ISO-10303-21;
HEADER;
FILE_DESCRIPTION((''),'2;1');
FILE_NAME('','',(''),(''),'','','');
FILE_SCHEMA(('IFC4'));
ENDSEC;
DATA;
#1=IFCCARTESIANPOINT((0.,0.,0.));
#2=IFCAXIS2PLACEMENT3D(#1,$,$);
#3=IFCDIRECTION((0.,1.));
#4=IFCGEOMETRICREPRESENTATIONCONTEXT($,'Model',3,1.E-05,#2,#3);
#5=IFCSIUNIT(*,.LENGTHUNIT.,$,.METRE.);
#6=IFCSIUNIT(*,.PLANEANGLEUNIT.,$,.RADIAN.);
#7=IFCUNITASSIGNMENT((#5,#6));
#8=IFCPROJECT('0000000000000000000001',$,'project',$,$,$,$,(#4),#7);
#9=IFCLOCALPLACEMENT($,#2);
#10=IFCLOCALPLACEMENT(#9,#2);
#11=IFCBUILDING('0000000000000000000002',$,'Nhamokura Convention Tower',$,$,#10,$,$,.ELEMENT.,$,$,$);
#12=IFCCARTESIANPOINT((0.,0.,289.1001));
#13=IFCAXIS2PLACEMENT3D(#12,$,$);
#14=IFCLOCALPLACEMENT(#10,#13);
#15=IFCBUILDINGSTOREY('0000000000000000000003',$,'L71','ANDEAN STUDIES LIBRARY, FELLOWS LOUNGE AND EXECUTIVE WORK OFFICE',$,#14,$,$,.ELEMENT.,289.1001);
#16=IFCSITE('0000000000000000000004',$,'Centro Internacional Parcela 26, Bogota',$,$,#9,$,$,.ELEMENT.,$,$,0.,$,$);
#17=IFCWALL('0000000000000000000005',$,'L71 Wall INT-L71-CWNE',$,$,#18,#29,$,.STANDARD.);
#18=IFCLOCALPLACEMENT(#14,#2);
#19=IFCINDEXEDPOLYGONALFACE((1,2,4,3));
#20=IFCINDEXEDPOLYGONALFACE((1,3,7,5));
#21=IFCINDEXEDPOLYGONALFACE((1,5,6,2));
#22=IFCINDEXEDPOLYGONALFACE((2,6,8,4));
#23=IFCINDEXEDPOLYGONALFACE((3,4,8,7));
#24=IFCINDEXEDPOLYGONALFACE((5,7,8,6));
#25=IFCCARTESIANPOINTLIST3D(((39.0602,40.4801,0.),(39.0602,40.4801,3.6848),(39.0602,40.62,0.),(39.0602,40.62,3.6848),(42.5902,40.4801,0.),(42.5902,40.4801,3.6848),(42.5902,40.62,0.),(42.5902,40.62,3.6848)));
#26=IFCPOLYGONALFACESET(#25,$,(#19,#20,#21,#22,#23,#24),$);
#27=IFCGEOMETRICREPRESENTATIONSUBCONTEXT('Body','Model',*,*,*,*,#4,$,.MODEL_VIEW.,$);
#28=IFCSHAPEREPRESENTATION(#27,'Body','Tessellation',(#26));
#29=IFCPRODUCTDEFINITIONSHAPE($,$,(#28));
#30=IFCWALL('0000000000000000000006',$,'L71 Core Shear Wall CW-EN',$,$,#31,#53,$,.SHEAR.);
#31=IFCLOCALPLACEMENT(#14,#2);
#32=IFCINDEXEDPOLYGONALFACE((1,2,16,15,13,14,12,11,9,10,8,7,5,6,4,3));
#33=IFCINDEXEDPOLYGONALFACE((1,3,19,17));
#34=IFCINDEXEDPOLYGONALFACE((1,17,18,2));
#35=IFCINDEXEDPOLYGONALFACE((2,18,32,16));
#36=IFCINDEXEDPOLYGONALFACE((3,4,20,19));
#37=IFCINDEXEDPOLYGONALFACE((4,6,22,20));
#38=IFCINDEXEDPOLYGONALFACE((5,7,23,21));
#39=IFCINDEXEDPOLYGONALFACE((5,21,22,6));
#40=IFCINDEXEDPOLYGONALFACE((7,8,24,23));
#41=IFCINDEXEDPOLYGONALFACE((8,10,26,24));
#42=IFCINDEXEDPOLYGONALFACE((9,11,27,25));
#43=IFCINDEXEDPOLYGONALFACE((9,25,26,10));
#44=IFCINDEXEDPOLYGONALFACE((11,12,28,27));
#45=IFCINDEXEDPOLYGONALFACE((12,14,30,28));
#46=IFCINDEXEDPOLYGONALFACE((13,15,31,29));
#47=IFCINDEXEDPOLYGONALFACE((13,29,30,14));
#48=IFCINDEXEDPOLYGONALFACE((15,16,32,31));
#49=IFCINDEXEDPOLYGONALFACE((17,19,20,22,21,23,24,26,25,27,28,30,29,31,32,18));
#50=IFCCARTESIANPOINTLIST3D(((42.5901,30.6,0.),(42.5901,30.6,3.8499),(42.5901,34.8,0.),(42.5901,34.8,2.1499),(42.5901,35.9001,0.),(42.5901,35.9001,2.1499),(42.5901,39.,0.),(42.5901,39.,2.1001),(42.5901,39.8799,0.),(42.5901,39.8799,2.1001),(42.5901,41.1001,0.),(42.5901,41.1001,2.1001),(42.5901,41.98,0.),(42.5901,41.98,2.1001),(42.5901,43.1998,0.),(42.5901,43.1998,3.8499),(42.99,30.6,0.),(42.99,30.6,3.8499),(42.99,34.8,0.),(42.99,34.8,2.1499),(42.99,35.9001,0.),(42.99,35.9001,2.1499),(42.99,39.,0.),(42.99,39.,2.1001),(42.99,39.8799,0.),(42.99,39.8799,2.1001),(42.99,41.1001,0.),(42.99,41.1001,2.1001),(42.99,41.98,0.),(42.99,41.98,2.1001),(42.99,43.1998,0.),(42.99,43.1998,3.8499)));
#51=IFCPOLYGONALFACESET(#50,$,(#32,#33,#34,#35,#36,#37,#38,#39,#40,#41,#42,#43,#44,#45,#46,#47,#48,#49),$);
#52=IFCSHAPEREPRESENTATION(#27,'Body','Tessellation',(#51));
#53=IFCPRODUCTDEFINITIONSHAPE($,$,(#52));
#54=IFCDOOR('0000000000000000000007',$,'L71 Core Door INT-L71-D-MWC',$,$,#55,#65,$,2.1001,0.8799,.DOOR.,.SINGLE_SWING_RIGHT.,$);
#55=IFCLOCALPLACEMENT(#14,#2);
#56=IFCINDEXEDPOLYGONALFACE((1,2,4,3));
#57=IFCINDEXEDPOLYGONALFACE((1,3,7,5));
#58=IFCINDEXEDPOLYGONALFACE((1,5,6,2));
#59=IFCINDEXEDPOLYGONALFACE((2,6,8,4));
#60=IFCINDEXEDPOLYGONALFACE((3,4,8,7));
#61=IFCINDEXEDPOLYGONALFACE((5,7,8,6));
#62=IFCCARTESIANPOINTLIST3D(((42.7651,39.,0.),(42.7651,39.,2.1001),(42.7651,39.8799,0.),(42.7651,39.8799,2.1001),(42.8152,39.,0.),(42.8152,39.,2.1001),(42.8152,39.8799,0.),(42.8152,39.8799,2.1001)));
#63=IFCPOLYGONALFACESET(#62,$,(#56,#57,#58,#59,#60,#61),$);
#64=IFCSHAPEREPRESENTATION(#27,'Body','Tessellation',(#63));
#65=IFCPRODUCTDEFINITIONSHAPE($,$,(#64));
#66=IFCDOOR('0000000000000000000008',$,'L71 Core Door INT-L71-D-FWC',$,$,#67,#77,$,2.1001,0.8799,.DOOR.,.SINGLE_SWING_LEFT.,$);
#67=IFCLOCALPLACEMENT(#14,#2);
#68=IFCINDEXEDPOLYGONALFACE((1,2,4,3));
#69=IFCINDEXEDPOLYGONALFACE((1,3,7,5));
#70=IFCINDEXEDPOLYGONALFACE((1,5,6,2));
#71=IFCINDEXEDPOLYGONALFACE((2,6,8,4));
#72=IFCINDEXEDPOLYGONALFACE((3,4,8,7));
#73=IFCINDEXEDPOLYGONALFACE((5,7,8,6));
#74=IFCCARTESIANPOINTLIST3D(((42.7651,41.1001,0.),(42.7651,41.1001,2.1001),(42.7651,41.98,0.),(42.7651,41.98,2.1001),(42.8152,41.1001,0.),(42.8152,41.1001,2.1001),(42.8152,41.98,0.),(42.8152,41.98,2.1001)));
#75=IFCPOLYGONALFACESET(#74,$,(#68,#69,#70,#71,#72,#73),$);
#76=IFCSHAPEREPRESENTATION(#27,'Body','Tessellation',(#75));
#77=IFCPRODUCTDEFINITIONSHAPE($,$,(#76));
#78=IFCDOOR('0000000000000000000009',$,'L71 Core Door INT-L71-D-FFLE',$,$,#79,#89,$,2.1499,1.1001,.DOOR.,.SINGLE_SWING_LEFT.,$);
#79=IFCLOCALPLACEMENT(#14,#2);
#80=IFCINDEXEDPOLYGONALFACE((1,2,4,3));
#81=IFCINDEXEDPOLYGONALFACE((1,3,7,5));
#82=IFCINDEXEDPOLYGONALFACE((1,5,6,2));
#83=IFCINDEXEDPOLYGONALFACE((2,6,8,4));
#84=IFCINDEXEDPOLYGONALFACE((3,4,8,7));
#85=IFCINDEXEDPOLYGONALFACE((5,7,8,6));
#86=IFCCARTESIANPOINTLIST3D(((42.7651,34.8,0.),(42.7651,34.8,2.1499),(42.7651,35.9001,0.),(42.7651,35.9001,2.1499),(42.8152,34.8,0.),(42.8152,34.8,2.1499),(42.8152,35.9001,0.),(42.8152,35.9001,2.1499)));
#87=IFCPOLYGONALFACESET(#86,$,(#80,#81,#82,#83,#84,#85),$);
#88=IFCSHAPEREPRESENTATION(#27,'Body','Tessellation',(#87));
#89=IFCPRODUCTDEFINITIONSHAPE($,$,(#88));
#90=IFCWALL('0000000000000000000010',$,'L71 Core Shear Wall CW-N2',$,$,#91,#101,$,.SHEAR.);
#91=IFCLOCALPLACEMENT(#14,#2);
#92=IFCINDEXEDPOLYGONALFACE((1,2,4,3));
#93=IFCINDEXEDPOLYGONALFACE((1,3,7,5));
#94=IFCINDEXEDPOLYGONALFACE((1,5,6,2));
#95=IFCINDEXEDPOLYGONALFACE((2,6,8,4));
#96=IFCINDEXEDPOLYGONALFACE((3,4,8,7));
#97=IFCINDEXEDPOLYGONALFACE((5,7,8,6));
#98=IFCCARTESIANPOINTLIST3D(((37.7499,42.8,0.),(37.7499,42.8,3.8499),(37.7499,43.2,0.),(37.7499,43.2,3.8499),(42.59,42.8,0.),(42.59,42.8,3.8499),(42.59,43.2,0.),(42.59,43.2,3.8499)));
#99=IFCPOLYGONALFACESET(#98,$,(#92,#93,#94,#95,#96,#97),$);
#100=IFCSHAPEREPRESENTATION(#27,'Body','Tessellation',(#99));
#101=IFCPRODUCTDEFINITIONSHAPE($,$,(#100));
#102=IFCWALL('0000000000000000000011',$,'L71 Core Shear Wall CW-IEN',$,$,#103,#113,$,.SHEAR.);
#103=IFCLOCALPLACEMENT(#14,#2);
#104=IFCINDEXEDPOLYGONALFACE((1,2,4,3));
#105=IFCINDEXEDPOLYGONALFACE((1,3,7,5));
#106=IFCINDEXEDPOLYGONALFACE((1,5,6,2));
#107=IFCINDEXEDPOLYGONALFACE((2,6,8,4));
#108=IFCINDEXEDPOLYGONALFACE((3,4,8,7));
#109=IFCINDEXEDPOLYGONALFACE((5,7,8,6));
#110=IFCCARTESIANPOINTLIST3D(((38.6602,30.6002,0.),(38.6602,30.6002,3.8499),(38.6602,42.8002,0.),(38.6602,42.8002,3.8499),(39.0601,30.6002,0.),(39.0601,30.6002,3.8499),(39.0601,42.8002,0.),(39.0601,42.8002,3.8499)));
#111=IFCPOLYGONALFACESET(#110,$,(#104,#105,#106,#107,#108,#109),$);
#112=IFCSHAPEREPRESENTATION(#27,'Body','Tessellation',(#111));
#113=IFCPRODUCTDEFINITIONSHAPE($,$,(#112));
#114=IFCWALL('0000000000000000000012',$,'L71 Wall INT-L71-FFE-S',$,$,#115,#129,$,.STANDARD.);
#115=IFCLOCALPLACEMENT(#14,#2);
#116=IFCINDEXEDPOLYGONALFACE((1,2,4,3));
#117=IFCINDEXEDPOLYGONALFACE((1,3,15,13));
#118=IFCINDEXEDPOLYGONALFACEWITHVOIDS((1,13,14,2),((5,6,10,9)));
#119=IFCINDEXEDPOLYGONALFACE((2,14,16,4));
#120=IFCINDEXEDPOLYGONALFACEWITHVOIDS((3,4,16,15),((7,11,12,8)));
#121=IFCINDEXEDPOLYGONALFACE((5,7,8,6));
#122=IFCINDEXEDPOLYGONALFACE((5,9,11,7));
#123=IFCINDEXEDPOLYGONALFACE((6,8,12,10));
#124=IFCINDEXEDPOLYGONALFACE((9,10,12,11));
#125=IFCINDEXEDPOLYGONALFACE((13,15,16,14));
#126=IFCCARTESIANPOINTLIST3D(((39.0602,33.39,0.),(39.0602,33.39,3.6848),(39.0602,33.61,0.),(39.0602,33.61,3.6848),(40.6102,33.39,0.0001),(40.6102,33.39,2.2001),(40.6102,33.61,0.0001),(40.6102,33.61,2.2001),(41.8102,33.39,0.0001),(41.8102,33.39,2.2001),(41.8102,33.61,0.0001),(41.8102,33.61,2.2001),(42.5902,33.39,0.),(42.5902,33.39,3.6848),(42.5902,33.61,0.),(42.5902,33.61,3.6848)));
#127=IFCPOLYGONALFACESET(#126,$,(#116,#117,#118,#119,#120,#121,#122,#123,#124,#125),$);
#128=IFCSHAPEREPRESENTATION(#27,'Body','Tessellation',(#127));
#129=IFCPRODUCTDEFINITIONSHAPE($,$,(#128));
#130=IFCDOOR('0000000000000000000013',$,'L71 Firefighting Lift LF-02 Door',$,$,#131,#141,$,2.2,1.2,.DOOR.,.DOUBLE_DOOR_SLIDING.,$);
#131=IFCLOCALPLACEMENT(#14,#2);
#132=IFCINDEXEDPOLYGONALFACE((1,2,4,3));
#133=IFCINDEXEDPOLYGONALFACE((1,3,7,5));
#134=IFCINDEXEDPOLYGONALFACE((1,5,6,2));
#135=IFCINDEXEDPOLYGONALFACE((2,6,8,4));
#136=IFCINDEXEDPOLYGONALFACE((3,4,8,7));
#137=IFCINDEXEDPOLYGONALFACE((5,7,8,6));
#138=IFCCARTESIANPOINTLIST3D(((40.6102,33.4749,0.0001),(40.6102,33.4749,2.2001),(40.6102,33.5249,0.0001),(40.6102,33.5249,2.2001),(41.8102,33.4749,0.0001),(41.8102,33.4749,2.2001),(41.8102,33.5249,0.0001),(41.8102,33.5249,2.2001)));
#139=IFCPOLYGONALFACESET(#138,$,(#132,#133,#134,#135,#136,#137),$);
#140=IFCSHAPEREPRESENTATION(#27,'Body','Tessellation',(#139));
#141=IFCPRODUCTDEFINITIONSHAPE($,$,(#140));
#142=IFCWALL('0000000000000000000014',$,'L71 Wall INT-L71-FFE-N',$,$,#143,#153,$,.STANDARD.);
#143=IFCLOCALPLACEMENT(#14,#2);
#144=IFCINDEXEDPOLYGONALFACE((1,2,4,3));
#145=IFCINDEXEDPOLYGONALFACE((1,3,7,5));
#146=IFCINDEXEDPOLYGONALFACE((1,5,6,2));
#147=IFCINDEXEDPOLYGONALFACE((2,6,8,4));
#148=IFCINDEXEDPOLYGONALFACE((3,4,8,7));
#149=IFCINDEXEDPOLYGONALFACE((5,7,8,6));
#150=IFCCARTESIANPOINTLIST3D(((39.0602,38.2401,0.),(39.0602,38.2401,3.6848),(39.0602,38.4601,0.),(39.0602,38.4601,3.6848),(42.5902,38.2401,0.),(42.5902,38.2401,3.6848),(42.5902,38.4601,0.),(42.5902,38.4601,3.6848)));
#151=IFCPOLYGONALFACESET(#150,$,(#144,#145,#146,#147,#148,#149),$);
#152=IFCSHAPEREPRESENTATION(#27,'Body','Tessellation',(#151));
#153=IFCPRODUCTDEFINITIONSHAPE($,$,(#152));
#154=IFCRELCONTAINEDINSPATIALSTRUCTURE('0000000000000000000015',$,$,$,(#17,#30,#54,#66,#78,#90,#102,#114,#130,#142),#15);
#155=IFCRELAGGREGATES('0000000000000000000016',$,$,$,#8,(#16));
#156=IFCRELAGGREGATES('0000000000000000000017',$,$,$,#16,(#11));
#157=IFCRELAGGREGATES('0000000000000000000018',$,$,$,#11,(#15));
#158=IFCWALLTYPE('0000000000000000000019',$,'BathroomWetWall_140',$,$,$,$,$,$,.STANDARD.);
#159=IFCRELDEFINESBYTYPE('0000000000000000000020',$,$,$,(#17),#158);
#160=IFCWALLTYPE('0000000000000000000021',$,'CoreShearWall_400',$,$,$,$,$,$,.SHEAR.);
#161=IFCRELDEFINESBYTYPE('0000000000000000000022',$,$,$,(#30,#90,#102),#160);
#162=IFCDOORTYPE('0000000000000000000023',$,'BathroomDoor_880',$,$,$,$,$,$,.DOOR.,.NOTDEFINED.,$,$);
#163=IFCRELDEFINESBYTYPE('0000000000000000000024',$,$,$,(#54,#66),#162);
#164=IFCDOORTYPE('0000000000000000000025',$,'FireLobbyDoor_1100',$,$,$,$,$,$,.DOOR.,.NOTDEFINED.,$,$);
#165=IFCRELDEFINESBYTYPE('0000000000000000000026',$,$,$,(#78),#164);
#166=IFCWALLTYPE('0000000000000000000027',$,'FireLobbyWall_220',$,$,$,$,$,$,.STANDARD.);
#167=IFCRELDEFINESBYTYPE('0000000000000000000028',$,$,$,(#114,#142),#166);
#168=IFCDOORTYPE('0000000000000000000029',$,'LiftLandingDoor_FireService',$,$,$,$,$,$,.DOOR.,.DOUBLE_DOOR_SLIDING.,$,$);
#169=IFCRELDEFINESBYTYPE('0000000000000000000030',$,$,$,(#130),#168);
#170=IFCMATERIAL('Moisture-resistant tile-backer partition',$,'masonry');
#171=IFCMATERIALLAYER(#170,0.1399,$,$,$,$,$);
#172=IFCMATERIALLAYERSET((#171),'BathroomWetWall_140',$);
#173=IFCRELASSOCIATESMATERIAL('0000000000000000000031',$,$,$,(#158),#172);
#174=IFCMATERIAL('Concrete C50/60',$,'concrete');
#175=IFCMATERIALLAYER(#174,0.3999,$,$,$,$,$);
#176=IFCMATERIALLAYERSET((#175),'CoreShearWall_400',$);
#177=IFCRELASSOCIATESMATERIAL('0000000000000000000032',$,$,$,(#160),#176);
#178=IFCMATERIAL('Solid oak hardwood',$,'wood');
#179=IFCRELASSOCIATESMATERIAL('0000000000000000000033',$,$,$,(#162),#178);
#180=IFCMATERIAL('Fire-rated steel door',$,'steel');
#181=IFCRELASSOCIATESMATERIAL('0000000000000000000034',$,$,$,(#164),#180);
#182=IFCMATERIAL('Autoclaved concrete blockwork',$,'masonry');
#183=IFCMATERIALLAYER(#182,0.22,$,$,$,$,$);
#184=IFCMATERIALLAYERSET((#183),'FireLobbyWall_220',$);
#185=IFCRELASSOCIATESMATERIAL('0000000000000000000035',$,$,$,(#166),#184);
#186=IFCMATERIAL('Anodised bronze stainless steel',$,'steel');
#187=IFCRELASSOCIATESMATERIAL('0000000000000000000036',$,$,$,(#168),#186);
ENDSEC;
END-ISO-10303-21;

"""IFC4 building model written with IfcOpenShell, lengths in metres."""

from ifc_helpers import new_model, si_unit, direction, frame, frame_2d, origin, place, context, subcontext, project, spatial, rectangle, extrude, material, layer, layer_set, type_object, element, fill, save


model = new_model("IFC4")

# Units and contexts
model_context = context("Model", 3, precision=1e-05, world=origin(), true_north=direction((0.0, 1.0)))
body_context = subcontext(model_context, "Body", "Model", "MODEL_VIEW")
ifc_project = project(units=[si_unit("LENGTHUNIT", "METRE"), si_unit("PLANEANGLEUNIT", "RADIAN")], contexts=[model_context])

# Site, building, storey
site_placement = place(None, origin())
site = spatial("IfcSite", under=ifc_project, at=site_placement, Name="Centro Internacional Parcela 26, Bogota", CompositionType="ELEMENT", RefElevation=0.0)
building_placement = place(site_placement, origin())
building = spatial("IfcBuilding", under=site, at=building_placement, Name="Nhamokura Convention Tower", CompositionType="ELEMENT")
storey_placement = place(building_placement, frame((0.0, 0.0, 289.1001)))
storey = spatial("IfcBuildingStorey", under=building, at=storey_placement, Name="L71", Description="ANDEAN STUDIES LIBRARY, FELLOWS LOUNGE AND EXECUTIVE WORK OFFICE", CompositionType="ELEMENT", Elevation=289.1001)

# Wall
ifc_material_1 = material(Name="Moisture-resistant tile-backer partition", Category="masonry")
ifc_layer_1 = layer(ifc_material_1, 0.1399)
ifc_layer_set_1 = layer_set([ifc_layer_1], Name="BathroomWetWall_140")
wall_type_1 = type_object("IfcWallType", Name="BathroomWetWall_140", PredefinedType="STANDARD", material=ifc_layer_set_1)
wall_1_placement = place(storey_placement, frame((39.0601, 40.55, 0.0), z_axis=(0.0, 0.0, 1.0), x_axis=(1.0, 0.0, 0.0)))
element("IfcWall", 1, at=wall_1_placement, inside=storey, type_object=wall_type_1, Name="L71 Wall INT-L71-CWNE", PredefinedType="STANDARD", context=body_context, shape_type="SweptSolid", body=[
    extrude(rectangle(XDim=3.53, YDim=0.1399, at=frame_2d((1.7651, 0.0))), origin(), (0.0, 0.0, 1.0), 3.6848),
])

# Wall, openings, doors
ifc_material_2 = material(Name="Concrete C50/60", Category="concrete")
ifc_layer_2 = layer(ifc_material_2, 0.3999)
ifc_layer_set_2 = layer_set([ifc_layer_2], Name="CoreShearWall_400")
wall_type_2 = type_object("IfcWallType", Name="CoreShearWall_400", PredefinedType="SHEAR", material=ifc_layer_set_2)
wall_2_placement = place(storey_placement, frame((42.79, 30.6001, 0.0), z_axis=(0.0, 0.0, 1.0), x_axis=(0.0, 1.0, 0.0)))
wall_2 = element("IfcWall", 2, at=wall_2_placement, inside=storey, type_object=wall_type_2, Name="L71 Core Shear Wall CW-EN", PredefinedType="SHEAR", context=body_context, shape_type="SweptSolid", body=[
    extrude(rectangle(XDim=12.5999, YDim=0.3999, at=frame_2d((6.2998, 0.0))), origin(), (0.0, 0.0, 1.0), 3.8499),
])
opening_1_placement = place(wall_2_placement, frame((4.2, 0.0, 0.0)))
opening_1 = element("IfcOpeningElement", 3, at=opening_1_placement, cuts=wall_2, PredefinedType="OPENING", context=body_context, shape_type="SweptSolid", body=[
    extrude(rectangle(XDim=1.1001, YDim=2.1499, at=frame_2d((0.55, 1.075))), frame((0.0, 0.21, 0.0), z_axis=(0.0, -1.0, 0.0), x_axis=(1.0, 0.0, 0.0)), (0.0, 0.0, 1.0), 0.4199),
])
opening_2_placement = place(wall_2_placement, frame((8.3999, 0.0, 0.0)))
opening_2 = element("IfcOpeningElement", 4, at=opening_2_placement, cuts=wall_2, PredefinedType="OPENING", context=body_context, shape_type="SweptSolid", body=[
    extrude(rectangle(XDim=0.8799, YDim=2.1001, at=frame_2d((0.4399, 1.05))), frame((0.0, 0.21, 0.0), z_axis=(0.0, -1.0, 0.0), x_axis=(1.0, 0.0, 0.0)), (0.0, 0.0, 1.0), 0.4199),
])
opening_3_placement = place(wall_2_placement, frame((10.5, 0.0, 0.0)))
opening_3 = element("IfcOpeningElement", 5, at=opening_3_placement, cuts=wall_2, PredefinedType="OPENING", context=body_context, shape_type="SweptSolid", body=[
    extrude(rectangle(XDim=0.8799, YDim=2.1001, at=frame_2d((0.4399, 1.05))), frame((0.0, 0.21, 0.0), z_axis=(0.0, -1.0, 0.0), x_axis=(1.0, 0.0, 0.0)), (0.0, 0.0, 1.0), 0.4199),
])
ifc_material_3 = material(Name="Solid oak hardwood", Category="wood")
door_type_1 = type_object("IfcDoorType", Name="BathroomDoor_880", OperationType="NOTDEFINED", PredefinedType="DOOR", material=ifc_material_3)
door_1_placement = place(opening_2_placement, origin())
door_1 = element("IfcDoor", 6, at=door_1_placement, inside=storey, type_object=door_type_1, Name="L71 Core Door INT-L71-D-MWC", OperationType="SINGLE_SWING_RIGHT", OverallHeight=2.1001, OverallWidth=0.8799, PredefinedType="DOOR", context=body_context, shape_type="SweptSolid", body=[
    extrude(rectangle(XDim=0.8799, YDim=2.1001, at=frame_2d((0.4399, 1.05))), frame((0.0, 0.0249, 0.0), z_axis=(0.0, -1.0, 0.0), x_axis=(1.0, 0.0, 0.0)), (0.0, 0.0, 1.0), 0.05),
])
fill(opening_2, door_1)
door_2_placement = place(opening_3_placement, origin())
door_2 = element("IfcDoor", 7, at=door_2_placement, inside=storey, type_object=door_type_1, Name="L71 Core Door INT-L71-D-FWC", OperationType="SINGLE_SWING_LEFT", OverallHeight=2.1001, OverallWidth=0.8799, PredefinedType="DOOR", context=body_context, shape_type="SweptSolid", body=[
    extrude(rectangle(XDim=0.8799, YDim=2.1001, at=frame_2d((0.4399, 1.05))), frame((0.0, 0.0249, 0.0), z_axis=(0.0, -1.0, 0.0), x_axis=(1.0, 0.0, 0.0)), (0.0, 0.0, 1.0), 0.05),
])
fill(opening_3, door_2)
ifc_material_4 = material(Name="Fire-rated steel door", Category="steel")
door_type_2 = type_object("IfcDoorType", Name="FireLobbyDoor_1100", OperationType="NOTDEFINED", PredefinedType="DOOR", material=ifc_material_4)
door_3_placement = place(opening_1_placement, origin())
door_3 = element("IfcDoor", 8, at=door_3_placement, inside=storey, type_object=door_type_2, Name="L71 Core Door INT-L71-D-FFLE", OperationType="SINGLE_SWING_LEFT", OverallHeight=2.1499, OverallWidth=1.1001, PredefinedType="DOOR", context=body_context, shape_type="SweptSolid", body=[
    extrude(rectangle(XDim=1.1001, YDim=2.1499, at=frame_2d((0.55, 1.075))), frame((0.0, 0.0249, 0.0), z_axis=(0.0, -1.0, 0.0), x_axis=(1.0, 0.0, 0.0)), (0.0, 0.0, 1.0), 0.05),
])
fill(opening_1, door_3)

# Walls
wall_3_placement = place(storey_placement, frame((37.75, 43.0, 0.0), z_axis=(0.0, 0.0, 1.0), x_axis=(1.0, 0.0, 0.0)))
element("IfcWall", 9, at=wall_3_placement, inside=storey, type_object=wall_type_2, Name="L71 Core Shear Wall CW-N2", PredefinedType="SHEAR", context=body_context, shape_type="SweptSolid", body=[
    extrude(rectangle(XDim=4.8401, YDim=0.3999, at=frame_2d((2.4199, 0.0))), origin(), (0.0, 0.0, 1.0), 3.8499),
])
wall_4_placement = place(storey_placement, frame((38.8601, 30.6001, 0.0), z_axis=(0.0, 0.0, 1.0), x_axis=(0.0, 1.0, 0.0)))
element("IfcWall", 10, at=wall_4_placement, inside=storey, type_object=wall_type_2, Name="L71 Core Shear Wall CW-IEN", PredefinedType="SHEAR", context=body_context, shape_type="SweptSolid", body=[
    extrude(rectangle(XDim=12.2, YDim=0.3999, at=frame_2d((6.1001, 0.0))), origin(), (0.0, 0.0, 1.0), 3.8499),
])

# Wall, opening, door
ifc_material_5 = material(Name="Autoclaved concrete blockwork", Category="masonry")
ifc_layer_3 = layer(ifc_material_5, 0.22)
ifc_layer_set_3 = layer_set([ifc_layer_3], Name="FireLobbyWall_220")
wall_type_3 = type_object("IfcWallType", Name="FireLobbyWall_220", PredefinedType="STANDARD", material=ifc_layer_set_3)
wall_5_placement = place(storey_placement, frame((39.0601, 33.5, 0.0), z_axis=(0.0, 0.0, 1.0), x_axis=(1.0, 0.0, 0.0)))
wall_5 = element("IfcWall", 11, at=wall_5_placement, inside=storey, type_object=wall_type_3, Name="L71 Wall INT-L71-FFE-S", PredefinedType="STANDARD", context=body_context, shape_type="SweptSolid", body=[
    extrude(rectangle(XDim=3.53, YDim=0.22, at=frame_2d((1.7651, 0.0))), origin(), (0.0, 0.0, 1.0), 3.6848),
])
opening_4_placement = place(wall_5_placement, frame((1.55, 0.0, 0.0)))
opening_4 = element("IfcOpeningElement", 12, at=opening_4_placement, cuts=wall_5, PredefinedType="OPENING", context=body_context, shape_type="SweptSolid", body=[
    extrude(rectangle(XDim=1.2, YDim=2.2, at=frame_2d((0.6001, 1.1001))), frame((0.0, 0.1199, 0.0), z_axis=(0.0, -1.0, 0.0), x_axis=(1.0, 0.0, 0.0)), (0.0, 0.0, 1.0), 0.24),
])
ifc_material_6 = material(Name="Anodised bronze stainless steel", Category="steel")
door_type_3 = type_object("IfcDoorType", Name="LiftLandingDoor_FireService", OperationType="DOUBLE_DOOR_SLIDING", PredefinedType="DOOR", material=ifc_material_6)
door_4_placement = place(opening_4_placement, origin())
door_4 = element("IfcDoor", 13, at=door_4_placement, inside=storey, type_object=door_type_3, Name="L71 Firefighting Lift LF-02 Door", OperationType="DOUBLE_DOOR_SLIDING", OverallHeight=2.2, OverallWidth=1.2, PredefinedType="DOOR", context=body_context, shape_type="SweptSolid", body=[
    extrude(rectangle(XDim=1.2, YDim=2.2, at=frame_2d((0.6001, 1.1001))), frame((0.0, 0.0249, 0.0), z_axis=(0.0, -1.0, 0.0), x_axis=(1.0, 0.0, 0.0)), (0.0, 0.0, 1.0), 0.05),
])
fill(opening_4, door_4)

# Wall
wall_6_placement = place(storey_placement, frame((39.0601, 38.3501, 0.0), z_axis=(0.0, 0.0, 1.0), x_axis=(1.0, 0.0, 0.0)))
element("IfcWall", 14, at=wall_6_placement, inside=storey, type_object=wall_type_3, Name="L71 Wall INT-L71-FFE-N", PredefinedType="STANDARD", context=body_context, shape_type="SweptSolid", body=[
    extrude(rectangle(XDim=3.53, YDim=0.22, at=frame_2d((1.7651, 0.0))), origin(), (0.0, 0.0, 1.0), 3.6848),
])

save(model, "model.ifc")
